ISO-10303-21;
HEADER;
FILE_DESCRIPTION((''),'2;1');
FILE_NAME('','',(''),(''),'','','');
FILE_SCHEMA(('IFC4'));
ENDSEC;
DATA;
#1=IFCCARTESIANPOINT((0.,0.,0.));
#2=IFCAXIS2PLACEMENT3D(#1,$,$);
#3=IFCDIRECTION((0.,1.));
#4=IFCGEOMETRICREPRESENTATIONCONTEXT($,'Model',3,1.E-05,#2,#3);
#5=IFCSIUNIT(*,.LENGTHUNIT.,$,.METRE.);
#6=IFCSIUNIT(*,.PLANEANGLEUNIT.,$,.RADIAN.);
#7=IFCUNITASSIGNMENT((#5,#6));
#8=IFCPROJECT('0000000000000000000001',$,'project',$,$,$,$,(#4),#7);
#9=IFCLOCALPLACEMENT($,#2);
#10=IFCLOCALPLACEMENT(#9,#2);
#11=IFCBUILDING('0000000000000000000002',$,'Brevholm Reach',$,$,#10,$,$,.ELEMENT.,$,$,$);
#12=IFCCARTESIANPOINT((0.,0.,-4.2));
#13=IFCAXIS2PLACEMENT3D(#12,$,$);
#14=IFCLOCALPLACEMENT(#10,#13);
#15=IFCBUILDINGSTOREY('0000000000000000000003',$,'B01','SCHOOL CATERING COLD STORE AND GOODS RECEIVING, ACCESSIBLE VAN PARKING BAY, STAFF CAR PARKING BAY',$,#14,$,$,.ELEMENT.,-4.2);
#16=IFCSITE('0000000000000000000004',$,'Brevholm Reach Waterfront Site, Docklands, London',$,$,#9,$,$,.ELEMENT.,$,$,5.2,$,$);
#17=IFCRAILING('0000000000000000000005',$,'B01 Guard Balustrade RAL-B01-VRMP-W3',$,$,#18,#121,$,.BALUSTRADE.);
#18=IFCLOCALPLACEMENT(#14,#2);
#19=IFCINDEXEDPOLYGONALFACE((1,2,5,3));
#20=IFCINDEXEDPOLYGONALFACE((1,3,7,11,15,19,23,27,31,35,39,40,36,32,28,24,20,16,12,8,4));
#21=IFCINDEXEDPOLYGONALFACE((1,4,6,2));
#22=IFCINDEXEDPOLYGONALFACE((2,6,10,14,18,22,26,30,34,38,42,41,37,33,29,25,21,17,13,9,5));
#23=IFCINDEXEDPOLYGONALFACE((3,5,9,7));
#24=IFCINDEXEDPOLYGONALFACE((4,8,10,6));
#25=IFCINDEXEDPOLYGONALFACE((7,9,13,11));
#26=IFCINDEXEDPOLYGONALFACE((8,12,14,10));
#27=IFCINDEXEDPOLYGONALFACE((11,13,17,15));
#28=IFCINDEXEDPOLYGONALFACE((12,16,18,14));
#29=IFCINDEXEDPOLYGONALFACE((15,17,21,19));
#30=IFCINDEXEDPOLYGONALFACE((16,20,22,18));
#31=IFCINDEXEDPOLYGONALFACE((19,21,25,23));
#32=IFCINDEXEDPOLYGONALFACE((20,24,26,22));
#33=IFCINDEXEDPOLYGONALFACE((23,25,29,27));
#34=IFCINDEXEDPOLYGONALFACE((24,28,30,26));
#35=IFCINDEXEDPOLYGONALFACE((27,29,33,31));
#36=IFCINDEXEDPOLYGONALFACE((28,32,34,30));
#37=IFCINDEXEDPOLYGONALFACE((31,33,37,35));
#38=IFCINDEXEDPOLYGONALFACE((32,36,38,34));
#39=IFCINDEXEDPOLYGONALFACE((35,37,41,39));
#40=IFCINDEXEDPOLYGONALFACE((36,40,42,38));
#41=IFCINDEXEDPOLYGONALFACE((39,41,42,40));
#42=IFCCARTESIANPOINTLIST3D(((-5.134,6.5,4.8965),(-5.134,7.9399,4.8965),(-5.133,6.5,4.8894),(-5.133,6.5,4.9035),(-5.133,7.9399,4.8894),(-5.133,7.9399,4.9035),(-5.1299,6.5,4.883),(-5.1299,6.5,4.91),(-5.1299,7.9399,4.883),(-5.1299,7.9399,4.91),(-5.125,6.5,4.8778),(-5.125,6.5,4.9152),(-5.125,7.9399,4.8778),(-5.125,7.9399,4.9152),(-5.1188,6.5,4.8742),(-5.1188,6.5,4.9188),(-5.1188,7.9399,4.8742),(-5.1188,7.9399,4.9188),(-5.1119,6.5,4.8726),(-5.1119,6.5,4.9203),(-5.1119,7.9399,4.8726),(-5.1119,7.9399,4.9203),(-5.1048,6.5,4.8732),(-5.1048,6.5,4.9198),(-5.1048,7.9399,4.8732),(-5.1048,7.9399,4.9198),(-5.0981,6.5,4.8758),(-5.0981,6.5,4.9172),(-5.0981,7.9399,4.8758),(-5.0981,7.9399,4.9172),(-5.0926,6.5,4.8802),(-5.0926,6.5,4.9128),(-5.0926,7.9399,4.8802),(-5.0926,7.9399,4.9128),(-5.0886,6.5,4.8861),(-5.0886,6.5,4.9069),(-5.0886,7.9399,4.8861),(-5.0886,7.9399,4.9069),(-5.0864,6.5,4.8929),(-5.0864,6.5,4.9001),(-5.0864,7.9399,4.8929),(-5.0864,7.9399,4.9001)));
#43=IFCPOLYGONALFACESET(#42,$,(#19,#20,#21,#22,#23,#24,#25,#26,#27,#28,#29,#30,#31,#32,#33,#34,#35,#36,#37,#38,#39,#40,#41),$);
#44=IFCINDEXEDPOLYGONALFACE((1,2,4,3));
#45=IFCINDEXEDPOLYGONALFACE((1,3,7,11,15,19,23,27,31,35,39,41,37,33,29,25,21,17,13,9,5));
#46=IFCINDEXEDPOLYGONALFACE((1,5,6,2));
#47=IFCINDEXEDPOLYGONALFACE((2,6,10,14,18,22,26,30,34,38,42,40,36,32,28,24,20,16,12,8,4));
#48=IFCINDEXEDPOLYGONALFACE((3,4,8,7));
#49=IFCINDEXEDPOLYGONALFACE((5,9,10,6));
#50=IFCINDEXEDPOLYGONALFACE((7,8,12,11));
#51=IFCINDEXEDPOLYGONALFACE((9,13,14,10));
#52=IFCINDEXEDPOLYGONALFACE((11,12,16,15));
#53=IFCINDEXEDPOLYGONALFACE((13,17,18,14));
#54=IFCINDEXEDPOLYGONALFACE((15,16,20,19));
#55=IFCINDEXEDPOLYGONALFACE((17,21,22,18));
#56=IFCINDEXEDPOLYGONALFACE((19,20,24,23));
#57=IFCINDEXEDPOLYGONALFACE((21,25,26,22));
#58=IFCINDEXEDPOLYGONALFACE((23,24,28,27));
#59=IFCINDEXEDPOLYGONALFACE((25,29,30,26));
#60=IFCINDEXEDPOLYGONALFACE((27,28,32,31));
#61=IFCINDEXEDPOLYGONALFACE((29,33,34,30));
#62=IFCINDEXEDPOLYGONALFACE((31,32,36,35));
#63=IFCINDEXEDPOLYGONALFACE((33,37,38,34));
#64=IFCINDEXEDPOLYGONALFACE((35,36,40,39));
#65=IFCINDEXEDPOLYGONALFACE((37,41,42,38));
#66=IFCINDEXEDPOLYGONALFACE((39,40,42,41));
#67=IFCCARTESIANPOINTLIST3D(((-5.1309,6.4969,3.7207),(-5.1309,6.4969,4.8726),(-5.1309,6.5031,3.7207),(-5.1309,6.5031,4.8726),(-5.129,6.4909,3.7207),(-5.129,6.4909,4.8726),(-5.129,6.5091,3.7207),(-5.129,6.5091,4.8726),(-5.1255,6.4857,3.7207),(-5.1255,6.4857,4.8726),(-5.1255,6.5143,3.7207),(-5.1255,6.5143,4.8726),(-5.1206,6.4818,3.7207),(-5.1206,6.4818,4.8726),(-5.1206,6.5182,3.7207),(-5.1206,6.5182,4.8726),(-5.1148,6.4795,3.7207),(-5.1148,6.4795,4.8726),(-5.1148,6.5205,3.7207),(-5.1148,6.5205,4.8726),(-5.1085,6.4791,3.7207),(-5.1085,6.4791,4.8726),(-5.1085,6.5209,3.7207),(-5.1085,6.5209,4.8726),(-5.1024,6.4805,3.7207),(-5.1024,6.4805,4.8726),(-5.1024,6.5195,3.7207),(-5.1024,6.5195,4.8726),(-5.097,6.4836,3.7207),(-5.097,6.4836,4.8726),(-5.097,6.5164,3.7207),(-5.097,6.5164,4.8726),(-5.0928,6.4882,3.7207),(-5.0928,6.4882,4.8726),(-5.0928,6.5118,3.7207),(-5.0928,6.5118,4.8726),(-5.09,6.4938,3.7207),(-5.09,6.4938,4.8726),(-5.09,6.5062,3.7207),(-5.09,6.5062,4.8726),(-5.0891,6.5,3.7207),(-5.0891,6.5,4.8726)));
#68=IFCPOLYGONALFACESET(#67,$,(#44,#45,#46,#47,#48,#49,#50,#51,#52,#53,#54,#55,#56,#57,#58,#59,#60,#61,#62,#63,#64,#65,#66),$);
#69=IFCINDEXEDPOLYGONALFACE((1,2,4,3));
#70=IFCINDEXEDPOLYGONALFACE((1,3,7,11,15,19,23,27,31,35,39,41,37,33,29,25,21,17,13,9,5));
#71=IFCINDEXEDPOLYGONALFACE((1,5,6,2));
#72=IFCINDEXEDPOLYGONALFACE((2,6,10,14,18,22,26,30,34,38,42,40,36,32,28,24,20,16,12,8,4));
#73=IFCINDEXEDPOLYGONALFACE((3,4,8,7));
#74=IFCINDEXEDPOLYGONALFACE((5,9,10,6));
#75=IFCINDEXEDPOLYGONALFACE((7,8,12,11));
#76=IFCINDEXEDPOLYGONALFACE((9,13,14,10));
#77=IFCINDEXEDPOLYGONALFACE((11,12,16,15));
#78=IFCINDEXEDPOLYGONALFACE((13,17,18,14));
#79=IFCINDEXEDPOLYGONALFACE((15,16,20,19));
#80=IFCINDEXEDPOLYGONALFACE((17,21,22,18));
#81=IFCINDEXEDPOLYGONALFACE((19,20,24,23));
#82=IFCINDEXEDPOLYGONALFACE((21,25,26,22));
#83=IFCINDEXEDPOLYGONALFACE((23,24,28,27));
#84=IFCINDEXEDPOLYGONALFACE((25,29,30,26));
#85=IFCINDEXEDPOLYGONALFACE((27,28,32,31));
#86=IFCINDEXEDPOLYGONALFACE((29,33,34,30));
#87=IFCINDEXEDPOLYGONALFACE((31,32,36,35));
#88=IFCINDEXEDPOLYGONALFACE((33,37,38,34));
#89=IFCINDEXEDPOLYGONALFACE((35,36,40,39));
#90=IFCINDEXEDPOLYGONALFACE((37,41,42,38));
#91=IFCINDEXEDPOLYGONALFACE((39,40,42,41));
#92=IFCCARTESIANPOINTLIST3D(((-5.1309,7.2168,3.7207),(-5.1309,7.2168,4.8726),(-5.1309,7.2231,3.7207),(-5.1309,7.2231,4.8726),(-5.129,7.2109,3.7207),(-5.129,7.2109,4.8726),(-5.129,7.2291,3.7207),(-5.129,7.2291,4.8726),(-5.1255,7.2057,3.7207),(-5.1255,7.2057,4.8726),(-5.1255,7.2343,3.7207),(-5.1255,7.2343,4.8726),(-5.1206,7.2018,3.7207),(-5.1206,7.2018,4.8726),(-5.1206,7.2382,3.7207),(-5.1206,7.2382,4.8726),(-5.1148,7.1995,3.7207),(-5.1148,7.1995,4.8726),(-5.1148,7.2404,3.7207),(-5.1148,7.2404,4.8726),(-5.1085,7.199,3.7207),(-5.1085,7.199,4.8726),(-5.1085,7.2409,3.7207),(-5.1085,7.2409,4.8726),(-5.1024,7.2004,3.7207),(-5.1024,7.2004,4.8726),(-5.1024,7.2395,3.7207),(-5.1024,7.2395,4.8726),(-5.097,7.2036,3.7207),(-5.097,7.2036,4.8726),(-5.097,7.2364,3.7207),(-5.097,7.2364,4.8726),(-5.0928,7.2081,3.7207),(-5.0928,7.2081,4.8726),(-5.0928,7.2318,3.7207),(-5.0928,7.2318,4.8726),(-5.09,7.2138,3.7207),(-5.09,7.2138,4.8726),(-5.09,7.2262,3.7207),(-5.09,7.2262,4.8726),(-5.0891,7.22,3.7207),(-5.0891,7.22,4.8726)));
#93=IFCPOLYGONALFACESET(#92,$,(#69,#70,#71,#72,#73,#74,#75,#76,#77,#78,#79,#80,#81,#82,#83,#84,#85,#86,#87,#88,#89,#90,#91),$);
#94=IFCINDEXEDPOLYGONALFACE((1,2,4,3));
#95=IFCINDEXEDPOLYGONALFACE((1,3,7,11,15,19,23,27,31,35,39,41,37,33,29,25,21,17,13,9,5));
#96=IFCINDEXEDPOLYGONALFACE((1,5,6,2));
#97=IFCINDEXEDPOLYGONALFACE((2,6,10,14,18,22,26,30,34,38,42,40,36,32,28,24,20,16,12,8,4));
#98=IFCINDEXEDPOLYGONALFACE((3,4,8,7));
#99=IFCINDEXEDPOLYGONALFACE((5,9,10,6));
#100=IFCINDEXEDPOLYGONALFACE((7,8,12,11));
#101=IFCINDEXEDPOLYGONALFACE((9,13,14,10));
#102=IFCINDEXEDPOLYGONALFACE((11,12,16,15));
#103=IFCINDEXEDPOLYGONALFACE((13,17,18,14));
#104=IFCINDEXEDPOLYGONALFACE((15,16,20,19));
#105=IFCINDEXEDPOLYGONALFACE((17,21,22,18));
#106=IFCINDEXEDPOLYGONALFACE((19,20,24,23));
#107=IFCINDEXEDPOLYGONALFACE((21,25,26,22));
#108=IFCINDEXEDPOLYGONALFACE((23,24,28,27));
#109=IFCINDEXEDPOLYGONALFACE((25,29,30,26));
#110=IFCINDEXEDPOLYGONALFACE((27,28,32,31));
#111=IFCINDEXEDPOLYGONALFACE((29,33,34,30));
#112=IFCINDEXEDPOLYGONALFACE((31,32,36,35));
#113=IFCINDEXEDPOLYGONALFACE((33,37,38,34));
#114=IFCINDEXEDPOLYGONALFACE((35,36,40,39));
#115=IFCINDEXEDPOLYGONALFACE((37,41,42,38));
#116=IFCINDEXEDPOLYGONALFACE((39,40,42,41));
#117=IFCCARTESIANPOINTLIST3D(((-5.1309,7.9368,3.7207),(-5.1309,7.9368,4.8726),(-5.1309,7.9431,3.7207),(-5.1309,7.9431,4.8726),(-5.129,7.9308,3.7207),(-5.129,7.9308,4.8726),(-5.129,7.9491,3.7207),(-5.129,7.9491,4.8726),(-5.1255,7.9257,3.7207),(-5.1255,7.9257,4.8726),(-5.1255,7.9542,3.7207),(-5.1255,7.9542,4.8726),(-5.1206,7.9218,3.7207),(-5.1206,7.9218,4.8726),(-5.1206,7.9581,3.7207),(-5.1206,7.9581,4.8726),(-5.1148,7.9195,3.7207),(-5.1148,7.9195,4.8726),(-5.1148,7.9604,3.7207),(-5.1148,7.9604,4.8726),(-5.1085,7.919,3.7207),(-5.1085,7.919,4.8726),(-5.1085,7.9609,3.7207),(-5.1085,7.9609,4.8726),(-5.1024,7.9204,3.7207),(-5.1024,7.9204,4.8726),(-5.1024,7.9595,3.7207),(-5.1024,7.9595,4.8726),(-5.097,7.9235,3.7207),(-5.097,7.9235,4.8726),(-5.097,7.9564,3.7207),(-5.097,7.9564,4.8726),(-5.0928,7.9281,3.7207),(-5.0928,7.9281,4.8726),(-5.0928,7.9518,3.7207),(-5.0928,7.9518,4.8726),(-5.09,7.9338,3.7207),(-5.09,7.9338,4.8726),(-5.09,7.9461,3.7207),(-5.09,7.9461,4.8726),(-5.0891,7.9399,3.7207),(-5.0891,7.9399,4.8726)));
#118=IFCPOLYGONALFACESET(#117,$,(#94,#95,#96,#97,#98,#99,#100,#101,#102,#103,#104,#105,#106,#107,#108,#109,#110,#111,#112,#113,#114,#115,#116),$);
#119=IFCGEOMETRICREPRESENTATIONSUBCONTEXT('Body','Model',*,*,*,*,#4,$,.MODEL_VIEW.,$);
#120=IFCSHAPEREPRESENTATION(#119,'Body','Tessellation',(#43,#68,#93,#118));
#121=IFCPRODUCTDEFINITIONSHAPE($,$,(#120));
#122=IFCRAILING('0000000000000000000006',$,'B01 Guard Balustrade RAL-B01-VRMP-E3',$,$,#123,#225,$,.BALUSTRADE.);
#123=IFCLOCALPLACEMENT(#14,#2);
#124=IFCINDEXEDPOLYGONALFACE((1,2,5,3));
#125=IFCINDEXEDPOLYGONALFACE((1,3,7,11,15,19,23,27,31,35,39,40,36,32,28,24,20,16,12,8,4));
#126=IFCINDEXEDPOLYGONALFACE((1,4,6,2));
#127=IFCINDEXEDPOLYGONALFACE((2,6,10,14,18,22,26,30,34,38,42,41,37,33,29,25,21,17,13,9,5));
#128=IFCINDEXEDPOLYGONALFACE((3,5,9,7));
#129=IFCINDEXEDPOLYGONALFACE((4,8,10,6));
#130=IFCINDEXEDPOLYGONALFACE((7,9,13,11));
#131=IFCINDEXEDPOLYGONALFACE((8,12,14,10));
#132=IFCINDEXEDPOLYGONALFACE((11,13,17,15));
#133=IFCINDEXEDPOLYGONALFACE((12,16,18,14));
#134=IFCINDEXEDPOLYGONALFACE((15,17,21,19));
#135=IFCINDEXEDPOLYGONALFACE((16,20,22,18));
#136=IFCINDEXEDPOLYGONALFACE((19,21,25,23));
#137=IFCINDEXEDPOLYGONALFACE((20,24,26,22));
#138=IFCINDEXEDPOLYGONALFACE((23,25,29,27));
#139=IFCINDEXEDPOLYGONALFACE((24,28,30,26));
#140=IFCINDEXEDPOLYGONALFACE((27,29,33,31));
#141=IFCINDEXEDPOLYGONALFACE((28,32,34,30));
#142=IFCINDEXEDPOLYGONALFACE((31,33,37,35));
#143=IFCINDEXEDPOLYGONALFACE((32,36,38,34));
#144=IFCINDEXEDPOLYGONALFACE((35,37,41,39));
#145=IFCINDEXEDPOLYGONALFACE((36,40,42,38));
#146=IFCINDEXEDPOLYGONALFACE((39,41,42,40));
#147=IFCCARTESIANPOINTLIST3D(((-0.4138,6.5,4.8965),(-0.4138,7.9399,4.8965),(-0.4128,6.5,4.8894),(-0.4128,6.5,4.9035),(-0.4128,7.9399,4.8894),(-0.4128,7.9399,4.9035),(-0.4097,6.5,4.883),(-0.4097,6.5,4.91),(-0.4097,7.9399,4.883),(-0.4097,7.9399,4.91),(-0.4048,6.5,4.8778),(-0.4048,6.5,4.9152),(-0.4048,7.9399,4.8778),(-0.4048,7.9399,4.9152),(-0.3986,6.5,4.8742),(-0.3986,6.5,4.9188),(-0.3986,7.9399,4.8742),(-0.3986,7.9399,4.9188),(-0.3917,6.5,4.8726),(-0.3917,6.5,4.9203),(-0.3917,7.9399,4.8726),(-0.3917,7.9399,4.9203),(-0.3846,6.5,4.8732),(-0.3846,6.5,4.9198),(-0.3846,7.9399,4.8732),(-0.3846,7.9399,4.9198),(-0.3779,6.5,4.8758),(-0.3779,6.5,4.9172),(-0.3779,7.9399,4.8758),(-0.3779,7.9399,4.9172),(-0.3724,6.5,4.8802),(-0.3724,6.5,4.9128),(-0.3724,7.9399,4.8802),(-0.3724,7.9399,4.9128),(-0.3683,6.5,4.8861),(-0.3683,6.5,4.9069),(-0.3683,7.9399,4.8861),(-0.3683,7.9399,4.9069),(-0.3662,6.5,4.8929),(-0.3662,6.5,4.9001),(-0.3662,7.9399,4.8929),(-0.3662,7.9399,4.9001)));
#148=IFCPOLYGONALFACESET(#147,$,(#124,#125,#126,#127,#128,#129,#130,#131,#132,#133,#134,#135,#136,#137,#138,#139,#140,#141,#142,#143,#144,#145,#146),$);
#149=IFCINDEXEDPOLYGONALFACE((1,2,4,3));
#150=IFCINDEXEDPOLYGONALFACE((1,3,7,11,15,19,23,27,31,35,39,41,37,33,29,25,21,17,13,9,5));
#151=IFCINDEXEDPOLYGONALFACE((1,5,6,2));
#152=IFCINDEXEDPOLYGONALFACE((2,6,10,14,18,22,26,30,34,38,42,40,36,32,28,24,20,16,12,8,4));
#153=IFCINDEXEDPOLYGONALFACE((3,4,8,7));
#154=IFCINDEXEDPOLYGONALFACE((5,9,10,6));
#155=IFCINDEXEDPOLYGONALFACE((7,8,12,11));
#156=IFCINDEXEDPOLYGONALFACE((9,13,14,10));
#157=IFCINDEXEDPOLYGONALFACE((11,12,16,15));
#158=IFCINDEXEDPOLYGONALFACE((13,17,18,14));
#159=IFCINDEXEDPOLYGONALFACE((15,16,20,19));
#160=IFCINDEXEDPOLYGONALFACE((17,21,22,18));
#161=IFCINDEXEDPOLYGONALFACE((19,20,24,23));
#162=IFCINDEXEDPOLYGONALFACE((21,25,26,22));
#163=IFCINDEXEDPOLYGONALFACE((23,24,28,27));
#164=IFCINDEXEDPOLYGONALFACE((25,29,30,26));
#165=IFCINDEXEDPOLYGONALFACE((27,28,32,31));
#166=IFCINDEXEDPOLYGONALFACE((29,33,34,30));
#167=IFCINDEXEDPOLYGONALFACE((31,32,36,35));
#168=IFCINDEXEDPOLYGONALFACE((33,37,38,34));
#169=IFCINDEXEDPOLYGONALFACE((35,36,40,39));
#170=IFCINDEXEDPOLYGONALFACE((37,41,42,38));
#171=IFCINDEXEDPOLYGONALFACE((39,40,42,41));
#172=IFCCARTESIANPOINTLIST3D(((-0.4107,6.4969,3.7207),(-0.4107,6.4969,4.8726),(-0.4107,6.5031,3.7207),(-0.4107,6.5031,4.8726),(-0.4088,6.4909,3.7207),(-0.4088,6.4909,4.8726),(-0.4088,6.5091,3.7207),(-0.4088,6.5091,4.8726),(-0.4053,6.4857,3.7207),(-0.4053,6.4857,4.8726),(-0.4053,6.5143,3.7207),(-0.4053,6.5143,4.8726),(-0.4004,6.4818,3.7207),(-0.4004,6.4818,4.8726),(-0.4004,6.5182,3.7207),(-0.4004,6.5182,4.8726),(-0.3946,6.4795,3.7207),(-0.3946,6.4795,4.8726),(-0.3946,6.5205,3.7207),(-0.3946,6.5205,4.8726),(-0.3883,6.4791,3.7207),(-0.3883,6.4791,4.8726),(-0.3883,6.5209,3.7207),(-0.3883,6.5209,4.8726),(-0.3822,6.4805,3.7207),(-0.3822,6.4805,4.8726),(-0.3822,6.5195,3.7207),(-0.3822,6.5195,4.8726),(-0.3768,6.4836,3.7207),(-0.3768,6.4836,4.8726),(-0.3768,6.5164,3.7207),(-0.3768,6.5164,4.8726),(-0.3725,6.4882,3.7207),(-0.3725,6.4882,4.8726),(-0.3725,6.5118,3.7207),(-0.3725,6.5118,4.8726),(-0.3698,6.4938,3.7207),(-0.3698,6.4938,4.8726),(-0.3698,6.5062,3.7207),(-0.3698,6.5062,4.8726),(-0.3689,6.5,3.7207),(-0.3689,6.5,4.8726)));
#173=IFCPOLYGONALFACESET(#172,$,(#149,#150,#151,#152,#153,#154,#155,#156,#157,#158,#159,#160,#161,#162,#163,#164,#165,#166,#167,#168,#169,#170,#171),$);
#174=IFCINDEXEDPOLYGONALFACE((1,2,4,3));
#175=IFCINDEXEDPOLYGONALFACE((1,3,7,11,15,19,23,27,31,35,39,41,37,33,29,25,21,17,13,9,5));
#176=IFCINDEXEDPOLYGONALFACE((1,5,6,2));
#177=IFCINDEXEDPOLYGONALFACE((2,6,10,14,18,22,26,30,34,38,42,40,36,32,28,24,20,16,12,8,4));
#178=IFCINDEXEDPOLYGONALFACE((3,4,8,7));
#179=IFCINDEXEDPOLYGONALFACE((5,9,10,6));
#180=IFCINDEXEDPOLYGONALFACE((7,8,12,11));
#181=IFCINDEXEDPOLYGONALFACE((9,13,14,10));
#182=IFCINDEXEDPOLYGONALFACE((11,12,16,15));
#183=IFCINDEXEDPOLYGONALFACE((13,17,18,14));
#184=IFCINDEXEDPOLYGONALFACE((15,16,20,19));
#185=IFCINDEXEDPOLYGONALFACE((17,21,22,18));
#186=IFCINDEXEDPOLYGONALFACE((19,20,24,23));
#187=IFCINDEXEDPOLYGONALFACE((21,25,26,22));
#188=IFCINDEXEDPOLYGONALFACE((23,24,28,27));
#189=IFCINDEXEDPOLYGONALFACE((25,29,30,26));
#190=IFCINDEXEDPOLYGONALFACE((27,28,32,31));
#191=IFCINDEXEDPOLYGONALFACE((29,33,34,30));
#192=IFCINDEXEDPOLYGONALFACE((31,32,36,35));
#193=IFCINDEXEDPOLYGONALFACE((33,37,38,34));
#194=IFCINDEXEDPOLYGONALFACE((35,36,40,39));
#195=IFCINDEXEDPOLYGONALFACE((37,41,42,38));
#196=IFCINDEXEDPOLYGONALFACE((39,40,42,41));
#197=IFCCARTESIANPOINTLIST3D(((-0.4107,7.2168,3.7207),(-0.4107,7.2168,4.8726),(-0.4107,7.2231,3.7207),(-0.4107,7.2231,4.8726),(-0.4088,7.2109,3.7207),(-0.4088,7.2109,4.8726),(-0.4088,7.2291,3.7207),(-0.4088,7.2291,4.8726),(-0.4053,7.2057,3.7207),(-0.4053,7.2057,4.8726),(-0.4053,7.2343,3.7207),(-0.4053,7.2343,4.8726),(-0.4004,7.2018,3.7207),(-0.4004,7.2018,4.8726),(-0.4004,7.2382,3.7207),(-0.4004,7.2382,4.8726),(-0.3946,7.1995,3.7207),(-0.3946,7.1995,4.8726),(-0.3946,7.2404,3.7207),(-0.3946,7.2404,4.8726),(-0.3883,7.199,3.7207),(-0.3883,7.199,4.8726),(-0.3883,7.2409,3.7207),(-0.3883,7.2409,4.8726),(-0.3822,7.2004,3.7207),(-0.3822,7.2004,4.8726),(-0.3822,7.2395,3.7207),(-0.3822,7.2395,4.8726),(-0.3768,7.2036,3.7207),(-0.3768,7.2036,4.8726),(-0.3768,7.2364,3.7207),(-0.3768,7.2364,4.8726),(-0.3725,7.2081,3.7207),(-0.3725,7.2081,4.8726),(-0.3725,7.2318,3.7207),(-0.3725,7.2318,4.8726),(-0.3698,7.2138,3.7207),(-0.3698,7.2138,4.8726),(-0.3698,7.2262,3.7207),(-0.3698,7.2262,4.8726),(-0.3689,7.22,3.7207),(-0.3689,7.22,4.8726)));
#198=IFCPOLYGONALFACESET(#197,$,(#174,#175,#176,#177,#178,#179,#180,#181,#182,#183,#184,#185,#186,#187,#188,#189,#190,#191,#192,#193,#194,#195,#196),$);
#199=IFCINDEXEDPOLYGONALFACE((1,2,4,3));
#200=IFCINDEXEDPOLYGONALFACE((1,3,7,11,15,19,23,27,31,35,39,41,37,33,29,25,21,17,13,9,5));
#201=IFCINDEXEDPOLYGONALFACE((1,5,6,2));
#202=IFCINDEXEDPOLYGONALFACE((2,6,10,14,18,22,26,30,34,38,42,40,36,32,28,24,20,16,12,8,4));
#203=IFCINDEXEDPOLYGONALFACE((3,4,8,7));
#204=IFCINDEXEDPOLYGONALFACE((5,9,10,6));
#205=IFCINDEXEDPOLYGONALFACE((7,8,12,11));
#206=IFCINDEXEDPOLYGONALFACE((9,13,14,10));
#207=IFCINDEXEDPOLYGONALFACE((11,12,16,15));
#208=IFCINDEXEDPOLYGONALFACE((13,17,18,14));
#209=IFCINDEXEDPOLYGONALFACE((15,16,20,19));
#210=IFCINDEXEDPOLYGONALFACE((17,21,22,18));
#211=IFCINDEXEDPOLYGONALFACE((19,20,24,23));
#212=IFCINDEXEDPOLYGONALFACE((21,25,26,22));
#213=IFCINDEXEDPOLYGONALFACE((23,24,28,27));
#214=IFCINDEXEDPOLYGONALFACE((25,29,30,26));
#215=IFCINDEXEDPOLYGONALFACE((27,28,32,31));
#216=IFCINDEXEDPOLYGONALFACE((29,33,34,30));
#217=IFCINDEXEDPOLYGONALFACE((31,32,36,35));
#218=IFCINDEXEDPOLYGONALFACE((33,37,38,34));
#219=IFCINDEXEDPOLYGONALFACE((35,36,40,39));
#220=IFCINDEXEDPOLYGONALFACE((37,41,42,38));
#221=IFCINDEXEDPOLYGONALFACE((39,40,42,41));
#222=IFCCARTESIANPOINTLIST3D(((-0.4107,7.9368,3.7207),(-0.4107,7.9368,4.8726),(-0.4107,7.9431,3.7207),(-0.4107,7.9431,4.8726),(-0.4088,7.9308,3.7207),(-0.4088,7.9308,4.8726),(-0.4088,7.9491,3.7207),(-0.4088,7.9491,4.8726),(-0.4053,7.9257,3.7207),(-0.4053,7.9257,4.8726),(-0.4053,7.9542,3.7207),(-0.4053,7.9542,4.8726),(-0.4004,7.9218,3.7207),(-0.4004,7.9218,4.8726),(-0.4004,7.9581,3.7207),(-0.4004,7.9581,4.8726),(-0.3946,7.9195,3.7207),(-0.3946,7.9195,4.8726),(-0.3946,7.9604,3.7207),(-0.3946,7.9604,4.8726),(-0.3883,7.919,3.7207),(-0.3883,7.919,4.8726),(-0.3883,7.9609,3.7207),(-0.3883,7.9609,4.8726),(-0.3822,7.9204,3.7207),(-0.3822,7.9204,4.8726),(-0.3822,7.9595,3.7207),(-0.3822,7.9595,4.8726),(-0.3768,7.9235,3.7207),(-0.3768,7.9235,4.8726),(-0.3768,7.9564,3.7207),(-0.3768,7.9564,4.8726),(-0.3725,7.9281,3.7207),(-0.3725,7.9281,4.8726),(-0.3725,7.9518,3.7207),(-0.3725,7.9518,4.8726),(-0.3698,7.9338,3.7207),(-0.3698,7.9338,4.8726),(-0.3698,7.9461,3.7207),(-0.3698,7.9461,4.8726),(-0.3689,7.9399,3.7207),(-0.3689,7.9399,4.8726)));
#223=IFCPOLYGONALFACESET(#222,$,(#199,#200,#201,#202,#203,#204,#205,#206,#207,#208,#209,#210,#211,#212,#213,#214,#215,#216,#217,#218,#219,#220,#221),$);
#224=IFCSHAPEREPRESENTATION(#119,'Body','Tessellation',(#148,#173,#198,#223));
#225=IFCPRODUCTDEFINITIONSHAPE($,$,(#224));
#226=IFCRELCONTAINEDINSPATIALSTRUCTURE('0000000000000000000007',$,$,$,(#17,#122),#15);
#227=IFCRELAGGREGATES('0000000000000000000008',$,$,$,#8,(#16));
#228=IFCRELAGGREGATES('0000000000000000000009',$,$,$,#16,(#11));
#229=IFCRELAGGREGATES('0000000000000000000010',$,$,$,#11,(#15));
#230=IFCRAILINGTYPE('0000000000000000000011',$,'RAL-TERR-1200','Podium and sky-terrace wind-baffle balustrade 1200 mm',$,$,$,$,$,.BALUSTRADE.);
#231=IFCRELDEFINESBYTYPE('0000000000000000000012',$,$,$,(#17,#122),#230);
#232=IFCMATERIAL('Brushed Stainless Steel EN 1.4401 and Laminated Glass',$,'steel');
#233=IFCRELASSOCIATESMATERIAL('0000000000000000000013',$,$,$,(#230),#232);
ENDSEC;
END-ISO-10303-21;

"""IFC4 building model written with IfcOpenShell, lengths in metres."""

from ifc_helpers import new_model, si_unit, direction, frame, origin, origin_2d, place, context, subcontext, project, spatial, circle, extrude, material, type_object, element, save


model = new_model("IFC4")

# Units and contexts
model_context = context("Model", 3, precision=1e-05, world=origin(), true_north=direction((0.0, 1.0)))
body_context = subcontext(model_context, "Body", "Model", "MODEL_VIEW")
ifc_project = project(units=[si_unit("LENGTHUNIT", "METRE"), si_unit("PLANEANGLEUNIT", "RADIAN")], contexts=[model_context])

# Site, building, storey
site_placement = place(None, origin())
site = spatial("IfcSite", under=ifc_project, at=site_placement, Name="Brevholm Reach Waterfront Site, Docklands, London", CompositionType="ELEMENT", RefElevation=5.2)
building_placement = place(site_placement, origin())
building = spatial("IfcBuilding", under=site, at=building_placement, Name="Brevholm Reach", CompositionType="ELEMENT")
storey_placement = place(building_placement, frame((0.0, 0.0, -4.2)))
storey = spatial("IfcBuildingStorey", under=building, at=storey_placement, Name="B01", Description="SCHOOL CATERING COLD STORE AND GOODS RECEIVING, ACCESSIBLE VAN PARKING BAY, STAFF CAR PARKING BAY", CompositionType="ELEMENT", Elevation=-4.2)

# Railings
ifc_material_1 = material(Name="Brushed Stainless Steel EN 1.4401 and Laminated Glass", Category="steel")
railing_type_1 = type_object("IfcRailingType", Name="RAL-TERR-1200", Description="Podium and sky-terrace wind-baffle balustrade 1200 mm", PredefinedType="BALUSTRADE", material=ifc_material_1)
for number, where, name in (
    (1, (-5.1101, 6.5, 3.7207), "B01 Guard Balustrade RAL-B01-VRMP-W3"),
    (2, (-0.3899, 6.5, 3.7207), "B01 Guard Balustrade RAL-B01-VRMP-E3"),
):
    element("IfcRailing", number, at=place(storey_placement, frame(where)), inside=storey, type_object=railing_type_1, Name=name, PredefinedType="BALUSTRADE", context=body_context, shape_type="SweptSolid", body=[
        extrude(circle(Radius=0.0239, at=origin_2d()), frame((0.0, 0.0, 1.1758), z_axis=(0.0, 1.0, 0.0), x_axis=(-1.0, 0.0, 0.0)), (0.0, 0.0, 1.0), 1.4399),
        extrude(circle(Radius=0.021, at=origin_2d()), origin(), (0.0, 0.0, 1.0), 1.1519),
        extrude(circle(Radius=0.021, at=origin_2d()), frame((0.0, 0.72, 0.0)), (0.0, 0.0, 1.0), 1.1519),
        extrude(circle(Radius=0.021, at=origin_2d()), frame((0.0, 1.4399, 0.0)), (0.0, 0.0, 1.0), 1.1519),
    ])

save(model, "model.ifc")
